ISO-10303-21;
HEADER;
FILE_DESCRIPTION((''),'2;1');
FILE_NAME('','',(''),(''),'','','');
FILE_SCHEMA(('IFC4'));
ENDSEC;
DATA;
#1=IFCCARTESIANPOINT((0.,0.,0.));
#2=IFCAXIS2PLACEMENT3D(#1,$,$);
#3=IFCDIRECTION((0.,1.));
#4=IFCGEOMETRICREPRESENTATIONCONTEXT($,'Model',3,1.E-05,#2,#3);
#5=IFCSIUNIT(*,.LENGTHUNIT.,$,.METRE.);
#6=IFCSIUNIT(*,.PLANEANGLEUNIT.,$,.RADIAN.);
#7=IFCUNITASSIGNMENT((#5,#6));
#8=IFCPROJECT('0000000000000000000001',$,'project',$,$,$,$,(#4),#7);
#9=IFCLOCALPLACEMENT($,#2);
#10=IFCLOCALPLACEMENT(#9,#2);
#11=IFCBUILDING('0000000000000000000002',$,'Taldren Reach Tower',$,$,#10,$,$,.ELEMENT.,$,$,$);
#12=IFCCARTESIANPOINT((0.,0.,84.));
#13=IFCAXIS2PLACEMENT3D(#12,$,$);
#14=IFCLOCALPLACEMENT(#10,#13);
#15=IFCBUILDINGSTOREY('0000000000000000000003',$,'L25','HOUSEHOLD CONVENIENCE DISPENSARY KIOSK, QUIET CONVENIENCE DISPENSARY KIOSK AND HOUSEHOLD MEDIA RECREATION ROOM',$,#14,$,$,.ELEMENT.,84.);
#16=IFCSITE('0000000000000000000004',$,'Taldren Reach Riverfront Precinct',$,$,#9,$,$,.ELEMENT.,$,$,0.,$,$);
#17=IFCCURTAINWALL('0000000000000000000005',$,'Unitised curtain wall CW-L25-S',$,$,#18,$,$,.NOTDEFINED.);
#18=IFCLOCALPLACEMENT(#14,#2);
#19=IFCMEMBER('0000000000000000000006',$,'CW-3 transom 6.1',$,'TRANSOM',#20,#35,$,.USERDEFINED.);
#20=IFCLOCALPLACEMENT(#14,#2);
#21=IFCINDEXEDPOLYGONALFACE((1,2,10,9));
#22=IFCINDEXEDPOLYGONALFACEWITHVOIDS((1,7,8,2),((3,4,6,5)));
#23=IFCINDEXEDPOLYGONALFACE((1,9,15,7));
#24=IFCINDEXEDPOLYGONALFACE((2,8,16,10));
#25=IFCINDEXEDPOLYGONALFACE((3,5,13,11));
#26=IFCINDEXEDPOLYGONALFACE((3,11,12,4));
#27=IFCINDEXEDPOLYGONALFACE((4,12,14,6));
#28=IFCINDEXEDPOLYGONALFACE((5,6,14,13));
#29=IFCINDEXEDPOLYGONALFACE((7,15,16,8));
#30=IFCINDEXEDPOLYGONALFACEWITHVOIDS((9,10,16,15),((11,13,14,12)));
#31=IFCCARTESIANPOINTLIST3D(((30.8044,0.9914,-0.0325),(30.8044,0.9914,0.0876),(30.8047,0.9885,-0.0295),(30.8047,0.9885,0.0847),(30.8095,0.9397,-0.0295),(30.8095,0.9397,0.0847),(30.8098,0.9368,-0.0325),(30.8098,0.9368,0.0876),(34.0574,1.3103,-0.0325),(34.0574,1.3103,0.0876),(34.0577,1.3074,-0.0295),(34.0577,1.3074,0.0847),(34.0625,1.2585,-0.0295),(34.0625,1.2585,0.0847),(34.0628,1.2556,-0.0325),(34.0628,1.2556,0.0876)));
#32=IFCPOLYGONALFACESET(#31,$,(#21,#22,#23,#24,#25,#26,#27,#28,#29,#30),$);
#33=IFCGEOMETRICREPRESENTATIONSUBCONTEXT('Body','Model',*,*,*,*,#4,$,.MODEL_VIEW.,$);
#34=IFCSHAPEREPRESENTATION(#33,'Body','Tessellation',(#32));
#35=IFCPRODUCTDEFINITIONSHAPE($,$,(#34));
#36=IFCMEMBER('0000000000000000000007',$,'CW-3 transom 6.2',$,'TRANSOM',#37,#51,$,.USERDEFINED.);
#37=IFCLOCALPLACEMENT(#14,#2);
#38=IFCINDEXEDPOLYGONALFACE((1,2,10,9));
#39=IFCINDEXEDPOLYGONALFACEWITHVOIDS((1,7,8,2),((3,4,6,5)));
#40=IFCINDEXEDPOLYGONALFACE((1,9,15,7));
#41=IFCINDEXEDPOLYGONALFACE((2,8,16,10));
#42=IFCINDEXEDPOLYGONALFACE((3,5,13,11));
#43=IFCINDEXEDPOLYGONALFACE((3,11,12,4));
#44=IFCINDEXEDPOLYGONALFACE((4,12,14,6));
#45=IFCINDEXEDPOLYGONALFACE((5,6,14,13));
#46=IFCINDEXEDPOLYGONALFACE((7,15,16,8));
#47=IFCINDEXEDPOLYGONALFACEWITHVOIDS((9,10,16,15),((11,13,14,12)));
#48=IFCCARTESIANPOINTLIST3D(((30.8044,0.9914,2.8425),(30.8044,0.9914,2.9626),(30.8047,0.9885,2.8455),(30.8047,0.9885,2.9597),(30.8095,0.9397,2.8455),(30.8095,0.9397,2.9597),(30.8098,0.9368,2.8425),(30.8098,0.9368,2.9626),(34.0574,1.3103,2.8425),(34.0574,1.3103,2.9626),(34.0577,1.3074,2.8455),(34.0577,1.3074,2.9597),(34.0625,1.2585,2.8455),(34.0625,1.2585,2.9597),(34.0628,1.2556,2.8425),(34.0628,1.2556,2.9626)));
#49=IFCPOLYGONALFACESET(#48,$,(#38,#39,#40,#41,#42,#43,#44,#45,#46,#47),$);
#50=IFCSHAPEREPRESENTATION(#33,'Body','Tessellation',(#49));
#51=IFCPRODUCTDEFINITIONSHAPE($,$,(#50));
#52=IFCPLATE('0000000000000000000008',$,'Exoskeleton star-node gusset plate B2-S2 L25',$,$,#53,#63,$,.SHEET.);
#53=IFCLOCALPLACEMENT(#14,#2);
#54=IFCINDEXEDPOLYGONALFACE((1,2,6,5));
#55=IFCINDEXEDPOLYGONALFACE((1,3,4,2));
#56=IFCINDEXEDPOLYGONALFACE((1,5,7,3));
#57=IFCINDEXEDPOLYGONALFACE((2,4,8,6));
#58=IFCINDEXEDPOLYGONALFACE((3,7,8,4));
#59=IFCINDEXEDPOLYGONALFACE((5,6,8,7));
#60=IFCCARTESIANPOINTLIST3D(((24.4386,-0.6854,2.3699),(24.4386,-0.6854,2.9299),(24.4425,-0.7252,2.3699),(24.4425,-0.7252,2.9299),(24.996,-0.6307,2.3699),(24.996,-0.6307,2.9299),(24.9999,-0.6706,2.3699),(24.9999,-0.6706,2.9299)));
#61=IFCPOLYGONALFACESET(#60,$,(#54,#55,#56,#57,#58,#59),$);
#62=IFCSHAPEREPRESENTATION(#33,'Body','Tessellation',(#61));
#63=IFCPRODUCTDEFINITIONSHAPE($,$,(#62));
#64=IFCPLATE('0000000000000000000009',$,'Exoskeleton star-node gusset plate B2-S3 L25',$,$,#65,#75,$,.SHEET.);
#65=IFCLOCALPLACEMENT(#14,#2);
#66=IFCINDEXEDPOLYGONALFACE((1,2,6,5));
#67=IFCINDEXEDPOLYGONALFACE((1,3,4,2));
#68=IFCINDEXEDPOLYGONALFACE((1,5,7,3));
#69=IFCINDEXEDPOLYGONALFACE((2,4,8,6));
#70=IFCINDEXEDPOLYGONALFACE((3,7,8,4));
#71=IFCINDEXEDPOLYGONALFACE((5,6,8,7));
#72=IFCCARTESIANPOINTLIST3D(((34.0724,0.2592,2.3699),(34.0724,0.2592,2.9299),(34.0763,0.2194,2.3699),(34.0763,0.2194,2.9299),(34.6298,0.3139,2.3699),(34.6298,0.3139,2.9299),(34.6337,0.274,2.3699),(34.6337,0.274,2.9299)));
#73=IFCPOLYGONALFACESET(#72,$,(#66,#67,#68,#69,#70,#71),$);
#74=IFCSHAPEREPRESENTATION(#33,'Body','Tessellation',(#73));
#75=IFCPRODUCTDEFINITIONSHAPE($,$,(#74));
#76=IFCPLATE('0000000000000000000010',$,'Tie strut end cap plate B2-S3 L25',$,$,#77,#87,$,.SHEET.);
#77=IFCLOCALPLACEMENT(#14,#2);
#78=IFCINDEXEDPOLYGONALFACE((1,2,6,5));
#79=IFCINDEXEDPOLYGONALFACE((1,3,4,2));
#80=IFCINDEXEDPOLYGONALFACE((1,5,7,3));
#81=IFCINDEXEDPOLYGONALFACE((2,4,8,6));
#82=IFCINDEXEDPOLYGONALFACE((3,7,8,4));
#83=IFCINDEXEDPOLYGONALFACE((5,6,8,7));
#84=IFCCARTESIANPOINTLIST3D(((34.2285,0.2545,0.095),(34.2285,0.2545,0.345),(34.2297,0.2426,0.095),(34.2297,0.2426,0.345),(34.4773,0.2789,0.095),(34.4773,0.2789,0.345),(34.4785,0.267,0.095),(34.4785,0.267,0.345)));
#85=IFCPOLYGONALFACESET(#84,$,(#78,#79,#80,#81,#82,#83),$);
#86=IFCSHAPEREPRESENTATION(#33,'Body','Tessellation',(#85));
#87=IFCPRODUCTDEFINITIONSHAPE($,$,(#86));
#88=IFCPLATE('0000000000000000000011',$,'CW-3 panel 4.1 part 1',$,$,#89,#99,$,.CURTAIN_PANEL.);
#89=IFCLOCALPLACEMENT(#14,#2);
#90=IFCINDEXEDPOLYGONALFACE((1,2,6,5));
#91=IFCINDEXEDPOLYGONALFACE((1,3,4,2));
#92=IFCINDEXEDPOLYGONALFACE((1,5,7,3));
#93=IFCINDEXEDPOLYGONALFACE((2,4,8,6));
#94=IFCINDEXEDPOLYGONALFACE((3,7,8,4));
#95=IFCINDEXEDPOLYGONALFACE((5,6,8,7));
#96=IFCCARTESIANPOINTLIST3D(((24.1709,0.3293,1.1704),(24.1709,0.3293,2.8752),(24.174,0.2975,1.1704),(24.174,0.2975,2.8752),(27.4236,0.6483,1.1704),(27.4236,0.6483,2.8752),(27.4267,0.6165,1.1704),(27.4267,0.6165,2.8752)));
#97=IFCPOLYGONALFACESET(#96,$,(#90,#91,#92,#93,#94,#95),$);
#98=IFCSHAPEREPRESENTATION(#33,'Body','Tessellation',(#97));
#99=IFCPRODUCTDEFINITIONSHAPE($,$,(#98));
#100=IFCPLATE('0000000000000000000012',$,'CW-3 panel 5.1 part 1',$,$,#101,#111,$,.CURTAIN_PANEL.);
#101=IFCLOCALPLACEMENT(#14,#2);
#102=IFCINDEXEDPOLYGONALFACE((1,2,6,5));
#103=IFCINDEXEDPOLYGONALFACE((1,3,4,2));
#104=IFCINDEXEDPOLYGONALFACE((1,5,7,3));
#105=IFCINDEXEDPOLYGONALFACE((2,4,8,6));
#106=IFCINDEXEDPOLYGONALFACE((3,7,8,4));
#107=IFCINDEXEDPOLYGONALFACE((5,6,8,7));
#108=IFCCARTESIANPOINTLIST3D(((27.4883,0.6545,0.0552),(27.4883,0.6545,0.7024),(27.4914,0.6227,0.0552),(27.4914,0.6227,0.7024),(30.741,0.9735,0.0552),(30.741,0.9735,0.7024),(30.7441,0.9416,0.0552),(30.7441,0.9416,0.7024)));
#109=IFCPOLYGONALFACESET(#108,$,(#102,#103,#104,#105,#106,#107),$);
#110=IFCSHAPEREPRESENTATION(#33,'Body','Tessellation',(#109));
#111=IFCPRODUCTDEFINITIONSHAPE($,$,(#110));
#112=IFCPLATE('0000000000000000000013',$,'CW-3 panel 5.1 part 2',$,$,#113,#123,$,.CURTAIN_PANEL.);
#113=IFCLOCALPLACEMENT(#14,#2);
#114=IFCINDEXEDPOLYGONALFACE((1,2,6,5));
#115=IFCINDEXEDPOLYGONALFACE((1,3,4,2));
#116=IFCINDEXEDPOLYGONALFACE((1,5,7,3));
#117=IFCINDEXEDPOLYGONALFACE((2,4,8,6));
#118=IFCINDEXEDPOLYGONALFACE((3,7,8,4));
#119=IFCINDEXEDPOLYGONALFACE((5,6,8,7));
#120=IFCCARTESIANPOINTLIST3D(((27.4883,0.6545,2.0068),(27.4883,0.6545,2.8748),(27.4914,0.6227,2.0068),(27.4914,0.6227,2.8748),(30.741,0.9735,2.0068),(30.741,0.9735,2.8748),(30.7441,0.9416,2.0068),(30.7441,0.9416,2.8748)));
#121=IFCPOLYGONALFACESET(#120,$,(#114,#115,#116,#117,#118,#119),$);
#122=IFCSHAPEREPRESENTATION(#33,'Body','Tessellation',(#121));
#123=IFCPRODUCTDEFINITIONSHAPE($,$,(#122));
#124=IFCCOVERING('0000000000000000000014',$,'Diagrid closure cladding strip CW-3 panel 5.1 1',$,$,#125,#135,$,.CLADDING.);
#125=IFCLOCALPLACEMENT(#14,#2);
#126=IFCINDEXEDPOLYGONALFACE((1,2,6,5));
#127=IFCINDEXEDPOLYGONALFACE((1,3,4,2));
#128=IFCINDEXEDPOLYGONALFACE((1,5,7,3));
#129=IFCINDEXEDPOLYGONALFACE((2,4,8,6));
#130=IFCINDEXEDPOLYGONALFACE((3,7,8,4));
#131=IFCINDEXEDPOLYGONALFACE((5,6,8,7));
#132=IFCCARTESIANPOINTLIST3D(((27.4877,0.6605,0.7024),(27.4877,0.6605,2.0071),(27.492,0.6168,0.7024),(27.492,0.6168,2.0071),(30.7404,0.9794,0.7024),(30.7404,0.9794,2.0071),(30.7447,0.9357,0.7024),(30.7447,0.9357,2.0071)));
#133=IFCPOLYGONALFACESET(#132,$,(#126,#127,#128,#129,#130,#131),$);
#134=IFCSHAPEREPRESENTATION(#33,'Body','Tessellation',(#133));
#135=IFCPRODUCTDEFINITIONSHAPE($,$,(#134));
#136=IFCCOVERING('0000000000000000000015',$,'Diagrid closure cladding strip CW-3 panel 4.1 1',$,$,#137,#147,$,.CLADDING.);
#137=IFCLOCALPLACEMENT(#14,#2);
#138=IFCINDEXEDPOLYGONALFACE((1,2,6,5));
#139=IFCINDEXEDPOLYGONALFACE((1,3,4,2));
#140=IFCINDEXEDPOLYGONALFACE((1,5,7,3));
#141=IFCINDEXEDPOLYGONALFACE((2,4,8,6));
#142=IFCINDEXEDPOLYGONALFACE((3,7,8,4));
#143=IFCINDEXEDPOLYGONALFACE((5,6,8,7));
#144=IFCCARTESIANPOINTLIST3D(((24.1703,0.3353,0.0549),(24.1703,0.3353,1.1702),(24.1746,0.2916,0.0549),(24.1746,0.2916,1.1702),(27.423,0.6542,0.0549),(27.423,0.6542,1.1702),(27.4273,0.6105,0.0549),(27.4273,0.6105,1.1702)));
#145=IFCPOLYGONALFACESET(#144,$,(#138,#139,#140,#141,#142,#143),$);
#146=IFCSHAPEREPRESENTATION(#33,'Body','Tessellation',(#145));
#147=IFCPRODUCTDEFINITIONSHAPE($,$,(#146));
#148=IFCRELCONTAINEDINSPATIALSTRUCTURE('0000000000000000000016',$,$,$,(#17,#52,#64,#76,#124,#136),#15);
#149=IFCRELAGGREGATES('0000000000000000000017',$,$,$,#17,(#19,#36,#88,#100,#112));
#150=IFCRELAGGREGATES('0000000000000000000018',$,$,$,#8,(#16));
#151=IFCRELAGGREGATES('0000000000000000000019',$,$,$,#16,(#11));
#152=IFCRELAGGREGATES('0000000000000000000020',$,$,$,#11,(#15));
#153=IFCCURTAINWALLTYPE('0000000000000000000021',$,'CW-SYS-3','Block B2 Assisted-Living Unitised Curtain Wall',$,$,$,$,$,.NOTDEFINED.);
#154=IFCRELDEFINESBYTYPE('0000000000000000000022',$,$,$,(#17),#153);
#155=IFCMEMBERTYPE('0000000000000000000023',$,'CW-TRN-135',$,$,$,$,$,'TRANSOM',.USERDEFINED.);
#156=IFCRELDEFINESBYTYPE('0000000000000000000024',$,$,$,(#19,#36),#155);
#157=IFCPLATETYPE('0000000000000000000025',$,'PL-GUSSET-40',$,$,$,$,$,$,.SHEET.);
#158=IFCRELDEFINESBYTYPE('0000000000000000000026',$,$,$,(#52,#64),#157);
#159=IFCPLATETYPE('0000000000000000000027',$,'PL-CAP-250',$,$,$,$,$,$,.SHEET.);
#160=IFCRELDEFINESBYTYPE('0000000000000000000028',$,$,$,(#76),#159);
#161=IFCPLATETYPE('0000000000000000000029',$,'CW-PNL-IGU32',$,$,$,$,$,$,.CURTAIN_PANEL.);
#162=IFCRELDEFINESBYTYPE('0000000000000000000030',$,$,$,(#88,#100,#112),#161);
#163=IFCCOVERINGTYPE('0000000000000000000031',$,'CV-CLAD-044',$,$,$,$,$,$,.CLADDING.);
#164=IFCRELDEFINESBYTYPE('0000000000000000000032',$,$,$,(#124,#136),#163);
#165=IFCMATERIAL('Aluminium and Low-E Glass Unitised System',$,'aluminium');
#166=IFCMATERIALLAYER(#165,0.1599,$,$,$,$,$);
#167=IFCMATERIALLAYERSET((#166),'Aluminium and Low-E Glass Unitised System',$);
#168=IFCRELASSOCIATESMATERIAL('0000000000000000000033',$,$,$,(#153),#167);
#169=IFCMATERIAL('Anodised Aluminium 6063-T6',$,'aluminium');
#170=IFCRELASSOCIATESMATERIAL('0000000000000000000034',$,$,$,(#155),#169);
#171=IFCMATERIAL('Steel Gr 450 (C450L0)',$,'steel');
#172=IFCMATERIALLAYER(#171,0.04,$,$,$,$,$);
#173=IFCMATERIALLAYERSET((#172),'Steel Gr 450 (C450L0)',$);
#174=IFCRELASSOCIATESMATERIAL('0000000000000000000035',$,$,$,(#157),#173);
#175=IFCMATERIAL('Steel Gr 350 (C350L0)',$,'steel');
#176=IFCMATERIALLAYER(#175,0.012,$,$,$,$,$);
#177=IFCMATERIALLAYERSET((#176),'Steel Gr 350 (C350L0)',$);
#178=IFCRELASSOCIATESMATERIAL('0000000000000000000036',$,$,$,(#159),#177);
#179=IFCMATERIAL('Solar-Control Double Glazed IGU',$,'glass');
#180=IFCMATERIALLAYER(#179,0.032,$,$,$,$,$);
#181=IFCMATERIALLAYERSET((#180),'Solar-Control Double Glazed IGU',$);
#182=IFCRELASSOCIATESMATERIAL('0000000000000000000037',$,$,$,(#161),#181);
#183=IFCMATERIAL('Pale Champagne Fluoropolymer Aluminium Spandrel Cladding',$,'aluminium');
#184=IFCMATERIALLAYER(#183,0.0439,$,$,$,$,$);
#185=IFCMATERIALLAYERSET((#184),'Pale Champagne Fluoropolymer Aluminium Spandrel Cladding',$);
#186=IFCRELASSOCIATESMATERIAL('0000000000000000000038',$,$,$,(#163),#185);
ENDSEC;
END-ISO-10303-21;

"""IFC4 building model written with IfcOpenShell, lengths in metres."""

from ifc_helpers import new_model, si_unit, direction, frame, origin, origin_2d, place, context, subcontext, project, spatial, rectangle, hollow_rectangle, extrude, source, transform, mapped, material, layer, layer_set, material_profile, profile_set, type_object, element, aggregate, save


model = new_model("IFC4")

# Units and contexts
model_context = context("Model", 3, precision=1e-05, world=origin(), true_north=direction((0.0, 1.0)))
body_context = subcontext(model_context, "Body", "Model", "MODEL_VIEW")
ifc_project = project(units=[si_unit("LENGTHUNIT", "METRE"), si_unit("PLANEANGLEUNIT", "RADIAN")], contexts=[model_context])

# Site, building, storey
site_placement = place(None, origin())
site = spatial("IfcSite", under=ifc_project, at=site_placement, Name="Taldren Reach Riverfront Precinct", CompositionType="ELEMENT", RefElevation=0.0)
building_placement = place(site_placement, origin())
building = spatial("IfcBuilding", under=site, at=building_placement, Name="Taldren Reach Tower", CompositionType="ELEMENT")
storey_placement = place(building_placement, frame((0.0, 0.0, 84.0)))
storey = spatial("IfcBuildingStorey", under=building, at=storey_placement, Name="L25", Description="HOUSEHOLD CONVENIENCE DISPENSARY KIOSK, QUIET CONVENIENCE DISPENSARY KIOSK AND HOUSEHOLD MEDIA RECREATION ROOM", CompositionType="ELEMENT", Elevation=84.0)

# Shared definitions
ifc_material_1 = material(Name="Steel Gr 450 (C450L0)", Category="steel")
ifc_material_2 = material(Name="Steel Gr 350 (C350L0)", Category="steel")

# Curtain wall, members
ifc_material_3 = material(Name="Aluminium and Low-E Glass Unitised System", Category="aluminium")
ifc_layer_1 = layer(ifc_material_3, 0.1599)
ifc_layer_set_1 = layer_set([ifc_layer_1], Name="Aluminium and Low-E Glass Unitised System")
curtain_wall_type = type_object("IfcCurtainWallType", Name="CW-SYS-3", Description="Block B2 Assisted-Living Unitised Curtain Wall", PredefinedType="NOTDEFINED", material=ifc_layer_set_1)
curtain_wall_placement = place(storey_placement, origin())
curtain_wall = element("IfcCurtainWall", 1, at=curtain_wall_placement, inside=storey, type_object=curtain_wall_type, Name="Unitised curtain wall CW-L25-S", PredefinedType="NOTDEFINED")
ifc_material_4 = material(Name="Anodised Aluminium 6063-T6", Category="aluminium")
ifc_material_profile_1 = material_profile(ifc_material_4, hollow_rectangle(XDim=0.0549, YDim=0.1201, WallThickness=0.0029, at=origin_2d()), Name="ALU-120x55x3RHS")
ifc_profile_set_1 = profile_set([ifc_material_profile_1], Name="Anodised Aluminium 6063-T6")
member_type_1 = type_object("IfcMemberType", Name="CW-TRN-135", ElementType="TRANSOM", PredefinedType="USERDEFINED", material=ifc_profile_set_1)
shared_shape_1 = source(origin(), body_context, "Body", "SweptSolid", [
    extrude(hollow_rectangle(XDim=0.0549, YDim=0.1201, WallThickness=0.0029, at=origin_2d()), origin(), (0.0, 0.0, 1.0), 3.2686),
])
member_1_placement = place(storey_placement, frame((30.8071, 0.9641, 0.0276), z_axis=(0.995231, 0.097551, 0.0), x_axis=(-0.097551, 0.995231, 0.0)))
member_1 = element("IfcMember", 2, at=member_1_placement, type_object=member_type_1, Name="CW-3 transom 6.1", ObjectType="TRANSOM", PredefinedType="USERDEFINED", context=body_context, shape_type="MappedRepresentation", body=[
    mapped(shared_shape_1, transform((0.0, 0.0, 0.0), scale=1.0)),
])
member_2_placement = place(storey_placement, frame((30.8071, 0.9641, 2.9026), z_axis=(0.995231, 0.097551, 0.0), x_axis=(-0.097551, 0.995231, 0.0)))
member_2 = element("IfcMember", 3, at=member_2_placement, type_object=member_type_1, Name="CW-3 transom 6.2", ObjectType="TRANSOM", PredefinedType="USERDEFINED", context=body_context, shape_type="MappedRepresentation", body=[
    mapped(shared_shape_1, transform((0.0, 0.0, 0.0), scale=1.0)),
])

# Plates
ifc_layer_2 = layer(ifc_material_1, 0.04)
ifc_layer_set_2 = layer_set([ifc_layer_2], Name="Steel Gr 450 (C450L0)")
plate_type_1 = type_object("IfcPlateType", Name="PL-GUSSET-40", PredefinedType="SHEET", material=ifc_layer_set_2)
shared_shape_2 = source(origin(), body_context, "Body", "SweptSolid", [
    extrude(rectangle(XDim=0.5601, YDim=0.04, at=origin_2d()), origin(), (0.0, 0.0, 1.0), 0.5601),
])
for number, where, z_axis, x_axis, name in (
    (4, (24.7192, -0.678, 2.3699), (0.0, 0.0, 1.0), (0.995227, 0.097583, 0.0), "Exoskeleton star-node gusset plate B2-S2 L25"),
    (5, (34.353, 0.2666, 2.3699), (0.0, 0.0, 1.0), (0.995227, 0.097583, 0.0), "Exoskeleton star-node gusset plate B2-S3 L25"),
):
    element("IfcPlate", number, at=place(storey_placement, frame(where, z_axis=z_axis, x_axis=x_axis)), inside=storey, type_object=plate_type_1, Name=name, PredefinedType="SHEET", context=body_context, shape_type="MappedRepresentation", body=[
        mapped(shared_shape_2, transform((0.0, 0.0, 0.0), scale=1.0)),
    ])
ifc_layer_3 = layer(ifc_material_2, 0.012)
ifc_layer_set_3 = layer_set([ifc_layer_3], Name="Steel Gr 350 (C350L0)")
plate_type_2 = type_object("IfcPlateType", Name="PL-CAP-250", PredefinedType="SHEET", material=ifc_layer_set_3)
shared_shape_3 = source(origin(), body_context, "Body", "SweptSolid", [
    extrude(rectangle(XDim=0.25, YDim=0.012, at=origin_2d()), origin(), (0.0, 0.0, 1.0), 0.25),
])
plate_1_placement = place(storey_placement, frame((34.3535, 0.2607, 0.095), z_axis=(0.0, 0.0, 1.0), x_axis=(0.995227, 0.097583, 0.0)))
element("IfcPlate", 6, at=plate_1_placement, inside=storey, type_object=plate_type_2, Name="Tie strut end cap plate B2-S3 L25", PredefinedType="SHEET", context=body_context, shape_type="MappedRepresentation", body=[
    mapped(shared_shape_3, transform((0.0, 0.0, 0.0), scale=1.0)),
])

# Plates
ifc_material_5 = material(Name="Solar-Control Double Glazed IGU", Category="glass")
ifc_layer_4 = layer(ifc_material_5, 0.032)
ifc_layer_set_4 = layer_set([ifc_layer_4], Name="Solar-Control Double Glazed IGU")
plate_type_3 = type_object("IfcPlateType", Name="CW-PNL-IGU32", PredefinedType="CURTAIN_PANEL", material=ifc_layer_set_4)
shared_shape_4 = source(origin(), body_context, "Body", "SweptSolid", [
    extrude(rectangle(XDim=3.2683, YDim=0.032, at=origin_2d()), origin(), (0.0, 0.0, 1.0), 1.7048),
])
plate_2_placement = place(storey_placement, frame((25.7988, 0.4729, 1.1704), z_axis=(0.0, 0.0, 1.0), x_axis=(0.995227, 0.097583, 0.0)))
plate_2 = element("IfcPlate", 7, at=plate_2_placement, type_object=plate_type_3, Name="CW-3 panel 4.1 part 1", PredefinedType="CURTAIN_PANEL", context=body_context, shape_type="MappedRepresentation", body=[
    mapped(shared_shape_4, transform((0.0, 0.0, 0.0), scale=1.0)),
])
shared_shape_5 = source(origin(), body_context, "Body", "SweptSolid", [
    extrude(rectangle(XDim=3.2683, YDim=0.032, at=origin_2d()), origin(), (0.0, 0.0, 1.0), 0.6472),
])
plate_3_placement = place(storey_placement, frame((29.1162, 0.7981, 0.0552), z_axis=(0.0, 0.0, 1.0), x_axis=(0.995227, 0.097583, 0.0)))
plate_3 = element("IfcPlate", 8, at=plate_3_placement, type_object=plate_type_3, Name="CW-3 panel 5.1 part 1", PredefinedType="CURTAIN_PANEL", context=body_context, shape_type="MappedRepresentation", body=[
    mapped(shared_shape_5, transform((0.0, 0.0, 0.0), scale=1.0)),
])
shared_shape_6 = source(origin(), body_context, "Body", "SweptSolid", [
    extrude(rectangle(XDim=3.2683, YDim=0.032, at=origin_2d()), origin(), (0.0, 0.0, 1.0), 0.8679),
])
plate_4_placement = place(storey_placement, frame((29.1162, 0.7981, 2.0068), z_axis=(0.0, 0.0, 1.0), x_axis=(0.995227, 0.097583, 0.0)))
plate_4 = element("IfcPlate", 9, at=plate_4_placement, type_object=plate_type_3, Name="CW-3 panel 5.1 part 2", PredefinedType="CURTAIN_PANEL", context=body_context, shape_type="MappedRepresentation", body=[
    mapped(shared_shape_6, transform((0.0, 0.0, 0.0), scale=1.0)),
])
aggregate(curtain_wall, [member_1, member_2, plate_2, plate_3, plate_4])

# Coverings
ifc_material_6 = material(Name="Pale Champagne Fluoropolymer Aluminium Spandrel Cladding", Category="aluminium")
ifc_layer_5 = layer(ifc_material_6, 0.0439)
ifc_layer_set_5 = layer_set([ifc_layer_5], Name="Pale Champagne Fluoropolymer Aluminium Spandrel Cladding")
covering_type = type_object("IfcCoveringType", Name="CV-CLAD-044", PredefinedType="CLADDING", material=ifc_layer_set_5)
shared_shape_7 = source(origin(), body_context, "Body", "SweptSolid", [
    extrude(rectangle(XDim=3.2683, YDim=0.0439, at=origin_2d()), origin(), (0.0, 0.0, 1.0), 1.3047),
])
covering_1_placement = place(storey_placement, frame((29.1162, 0.7981, 0.7024), z_axis=(0.0, 0.0, 1.0), x_axis=(0.995227, 0.097583, 0.0)))
element("IfcCovering", 10, at=covering_1_placement, inside=storey, type_object=covering_type, Name="Diagrid closure cladding strip CW-3 panel 5.1 1", PredefinedType="CLADDING", context=body_context, shape_type="MappedRepresentation", body=[
    mapped(shared_shape_7, transform((0.0, 0.0, 0.0), scale=1.0)),
])
shared_shape_8 = source(origin(), body_context, "Body", "SweptSolid", [
    extrude(rectangle(XDim=3.2683, YDim=0.0439, at=origin_2d()), origin(), (0.0, 0.0, 1.0), 1.1152),
])
covering_2_placement = place(storey_placement, frame((25.7988, 0.4729, 0.0549), z_axis=(0.0, 0.0, 1.0), x_axis=(0.995227, 0.097583, 0.0)))
element("IfcCovering", 11, at=covering_2_placement, inside=storey, type_object=covering_type, Name="Diagrid closure cladding strip CW-3 panel 4.1 1", PredefinedType="CLADDING", context=body_context, shape_type="MappedRepresentation", body=[
    mapped(shared_shape_8, transform((0.0, 0.0, 0.0), scale=1.0)),
])

save(model, "model.ifc")
